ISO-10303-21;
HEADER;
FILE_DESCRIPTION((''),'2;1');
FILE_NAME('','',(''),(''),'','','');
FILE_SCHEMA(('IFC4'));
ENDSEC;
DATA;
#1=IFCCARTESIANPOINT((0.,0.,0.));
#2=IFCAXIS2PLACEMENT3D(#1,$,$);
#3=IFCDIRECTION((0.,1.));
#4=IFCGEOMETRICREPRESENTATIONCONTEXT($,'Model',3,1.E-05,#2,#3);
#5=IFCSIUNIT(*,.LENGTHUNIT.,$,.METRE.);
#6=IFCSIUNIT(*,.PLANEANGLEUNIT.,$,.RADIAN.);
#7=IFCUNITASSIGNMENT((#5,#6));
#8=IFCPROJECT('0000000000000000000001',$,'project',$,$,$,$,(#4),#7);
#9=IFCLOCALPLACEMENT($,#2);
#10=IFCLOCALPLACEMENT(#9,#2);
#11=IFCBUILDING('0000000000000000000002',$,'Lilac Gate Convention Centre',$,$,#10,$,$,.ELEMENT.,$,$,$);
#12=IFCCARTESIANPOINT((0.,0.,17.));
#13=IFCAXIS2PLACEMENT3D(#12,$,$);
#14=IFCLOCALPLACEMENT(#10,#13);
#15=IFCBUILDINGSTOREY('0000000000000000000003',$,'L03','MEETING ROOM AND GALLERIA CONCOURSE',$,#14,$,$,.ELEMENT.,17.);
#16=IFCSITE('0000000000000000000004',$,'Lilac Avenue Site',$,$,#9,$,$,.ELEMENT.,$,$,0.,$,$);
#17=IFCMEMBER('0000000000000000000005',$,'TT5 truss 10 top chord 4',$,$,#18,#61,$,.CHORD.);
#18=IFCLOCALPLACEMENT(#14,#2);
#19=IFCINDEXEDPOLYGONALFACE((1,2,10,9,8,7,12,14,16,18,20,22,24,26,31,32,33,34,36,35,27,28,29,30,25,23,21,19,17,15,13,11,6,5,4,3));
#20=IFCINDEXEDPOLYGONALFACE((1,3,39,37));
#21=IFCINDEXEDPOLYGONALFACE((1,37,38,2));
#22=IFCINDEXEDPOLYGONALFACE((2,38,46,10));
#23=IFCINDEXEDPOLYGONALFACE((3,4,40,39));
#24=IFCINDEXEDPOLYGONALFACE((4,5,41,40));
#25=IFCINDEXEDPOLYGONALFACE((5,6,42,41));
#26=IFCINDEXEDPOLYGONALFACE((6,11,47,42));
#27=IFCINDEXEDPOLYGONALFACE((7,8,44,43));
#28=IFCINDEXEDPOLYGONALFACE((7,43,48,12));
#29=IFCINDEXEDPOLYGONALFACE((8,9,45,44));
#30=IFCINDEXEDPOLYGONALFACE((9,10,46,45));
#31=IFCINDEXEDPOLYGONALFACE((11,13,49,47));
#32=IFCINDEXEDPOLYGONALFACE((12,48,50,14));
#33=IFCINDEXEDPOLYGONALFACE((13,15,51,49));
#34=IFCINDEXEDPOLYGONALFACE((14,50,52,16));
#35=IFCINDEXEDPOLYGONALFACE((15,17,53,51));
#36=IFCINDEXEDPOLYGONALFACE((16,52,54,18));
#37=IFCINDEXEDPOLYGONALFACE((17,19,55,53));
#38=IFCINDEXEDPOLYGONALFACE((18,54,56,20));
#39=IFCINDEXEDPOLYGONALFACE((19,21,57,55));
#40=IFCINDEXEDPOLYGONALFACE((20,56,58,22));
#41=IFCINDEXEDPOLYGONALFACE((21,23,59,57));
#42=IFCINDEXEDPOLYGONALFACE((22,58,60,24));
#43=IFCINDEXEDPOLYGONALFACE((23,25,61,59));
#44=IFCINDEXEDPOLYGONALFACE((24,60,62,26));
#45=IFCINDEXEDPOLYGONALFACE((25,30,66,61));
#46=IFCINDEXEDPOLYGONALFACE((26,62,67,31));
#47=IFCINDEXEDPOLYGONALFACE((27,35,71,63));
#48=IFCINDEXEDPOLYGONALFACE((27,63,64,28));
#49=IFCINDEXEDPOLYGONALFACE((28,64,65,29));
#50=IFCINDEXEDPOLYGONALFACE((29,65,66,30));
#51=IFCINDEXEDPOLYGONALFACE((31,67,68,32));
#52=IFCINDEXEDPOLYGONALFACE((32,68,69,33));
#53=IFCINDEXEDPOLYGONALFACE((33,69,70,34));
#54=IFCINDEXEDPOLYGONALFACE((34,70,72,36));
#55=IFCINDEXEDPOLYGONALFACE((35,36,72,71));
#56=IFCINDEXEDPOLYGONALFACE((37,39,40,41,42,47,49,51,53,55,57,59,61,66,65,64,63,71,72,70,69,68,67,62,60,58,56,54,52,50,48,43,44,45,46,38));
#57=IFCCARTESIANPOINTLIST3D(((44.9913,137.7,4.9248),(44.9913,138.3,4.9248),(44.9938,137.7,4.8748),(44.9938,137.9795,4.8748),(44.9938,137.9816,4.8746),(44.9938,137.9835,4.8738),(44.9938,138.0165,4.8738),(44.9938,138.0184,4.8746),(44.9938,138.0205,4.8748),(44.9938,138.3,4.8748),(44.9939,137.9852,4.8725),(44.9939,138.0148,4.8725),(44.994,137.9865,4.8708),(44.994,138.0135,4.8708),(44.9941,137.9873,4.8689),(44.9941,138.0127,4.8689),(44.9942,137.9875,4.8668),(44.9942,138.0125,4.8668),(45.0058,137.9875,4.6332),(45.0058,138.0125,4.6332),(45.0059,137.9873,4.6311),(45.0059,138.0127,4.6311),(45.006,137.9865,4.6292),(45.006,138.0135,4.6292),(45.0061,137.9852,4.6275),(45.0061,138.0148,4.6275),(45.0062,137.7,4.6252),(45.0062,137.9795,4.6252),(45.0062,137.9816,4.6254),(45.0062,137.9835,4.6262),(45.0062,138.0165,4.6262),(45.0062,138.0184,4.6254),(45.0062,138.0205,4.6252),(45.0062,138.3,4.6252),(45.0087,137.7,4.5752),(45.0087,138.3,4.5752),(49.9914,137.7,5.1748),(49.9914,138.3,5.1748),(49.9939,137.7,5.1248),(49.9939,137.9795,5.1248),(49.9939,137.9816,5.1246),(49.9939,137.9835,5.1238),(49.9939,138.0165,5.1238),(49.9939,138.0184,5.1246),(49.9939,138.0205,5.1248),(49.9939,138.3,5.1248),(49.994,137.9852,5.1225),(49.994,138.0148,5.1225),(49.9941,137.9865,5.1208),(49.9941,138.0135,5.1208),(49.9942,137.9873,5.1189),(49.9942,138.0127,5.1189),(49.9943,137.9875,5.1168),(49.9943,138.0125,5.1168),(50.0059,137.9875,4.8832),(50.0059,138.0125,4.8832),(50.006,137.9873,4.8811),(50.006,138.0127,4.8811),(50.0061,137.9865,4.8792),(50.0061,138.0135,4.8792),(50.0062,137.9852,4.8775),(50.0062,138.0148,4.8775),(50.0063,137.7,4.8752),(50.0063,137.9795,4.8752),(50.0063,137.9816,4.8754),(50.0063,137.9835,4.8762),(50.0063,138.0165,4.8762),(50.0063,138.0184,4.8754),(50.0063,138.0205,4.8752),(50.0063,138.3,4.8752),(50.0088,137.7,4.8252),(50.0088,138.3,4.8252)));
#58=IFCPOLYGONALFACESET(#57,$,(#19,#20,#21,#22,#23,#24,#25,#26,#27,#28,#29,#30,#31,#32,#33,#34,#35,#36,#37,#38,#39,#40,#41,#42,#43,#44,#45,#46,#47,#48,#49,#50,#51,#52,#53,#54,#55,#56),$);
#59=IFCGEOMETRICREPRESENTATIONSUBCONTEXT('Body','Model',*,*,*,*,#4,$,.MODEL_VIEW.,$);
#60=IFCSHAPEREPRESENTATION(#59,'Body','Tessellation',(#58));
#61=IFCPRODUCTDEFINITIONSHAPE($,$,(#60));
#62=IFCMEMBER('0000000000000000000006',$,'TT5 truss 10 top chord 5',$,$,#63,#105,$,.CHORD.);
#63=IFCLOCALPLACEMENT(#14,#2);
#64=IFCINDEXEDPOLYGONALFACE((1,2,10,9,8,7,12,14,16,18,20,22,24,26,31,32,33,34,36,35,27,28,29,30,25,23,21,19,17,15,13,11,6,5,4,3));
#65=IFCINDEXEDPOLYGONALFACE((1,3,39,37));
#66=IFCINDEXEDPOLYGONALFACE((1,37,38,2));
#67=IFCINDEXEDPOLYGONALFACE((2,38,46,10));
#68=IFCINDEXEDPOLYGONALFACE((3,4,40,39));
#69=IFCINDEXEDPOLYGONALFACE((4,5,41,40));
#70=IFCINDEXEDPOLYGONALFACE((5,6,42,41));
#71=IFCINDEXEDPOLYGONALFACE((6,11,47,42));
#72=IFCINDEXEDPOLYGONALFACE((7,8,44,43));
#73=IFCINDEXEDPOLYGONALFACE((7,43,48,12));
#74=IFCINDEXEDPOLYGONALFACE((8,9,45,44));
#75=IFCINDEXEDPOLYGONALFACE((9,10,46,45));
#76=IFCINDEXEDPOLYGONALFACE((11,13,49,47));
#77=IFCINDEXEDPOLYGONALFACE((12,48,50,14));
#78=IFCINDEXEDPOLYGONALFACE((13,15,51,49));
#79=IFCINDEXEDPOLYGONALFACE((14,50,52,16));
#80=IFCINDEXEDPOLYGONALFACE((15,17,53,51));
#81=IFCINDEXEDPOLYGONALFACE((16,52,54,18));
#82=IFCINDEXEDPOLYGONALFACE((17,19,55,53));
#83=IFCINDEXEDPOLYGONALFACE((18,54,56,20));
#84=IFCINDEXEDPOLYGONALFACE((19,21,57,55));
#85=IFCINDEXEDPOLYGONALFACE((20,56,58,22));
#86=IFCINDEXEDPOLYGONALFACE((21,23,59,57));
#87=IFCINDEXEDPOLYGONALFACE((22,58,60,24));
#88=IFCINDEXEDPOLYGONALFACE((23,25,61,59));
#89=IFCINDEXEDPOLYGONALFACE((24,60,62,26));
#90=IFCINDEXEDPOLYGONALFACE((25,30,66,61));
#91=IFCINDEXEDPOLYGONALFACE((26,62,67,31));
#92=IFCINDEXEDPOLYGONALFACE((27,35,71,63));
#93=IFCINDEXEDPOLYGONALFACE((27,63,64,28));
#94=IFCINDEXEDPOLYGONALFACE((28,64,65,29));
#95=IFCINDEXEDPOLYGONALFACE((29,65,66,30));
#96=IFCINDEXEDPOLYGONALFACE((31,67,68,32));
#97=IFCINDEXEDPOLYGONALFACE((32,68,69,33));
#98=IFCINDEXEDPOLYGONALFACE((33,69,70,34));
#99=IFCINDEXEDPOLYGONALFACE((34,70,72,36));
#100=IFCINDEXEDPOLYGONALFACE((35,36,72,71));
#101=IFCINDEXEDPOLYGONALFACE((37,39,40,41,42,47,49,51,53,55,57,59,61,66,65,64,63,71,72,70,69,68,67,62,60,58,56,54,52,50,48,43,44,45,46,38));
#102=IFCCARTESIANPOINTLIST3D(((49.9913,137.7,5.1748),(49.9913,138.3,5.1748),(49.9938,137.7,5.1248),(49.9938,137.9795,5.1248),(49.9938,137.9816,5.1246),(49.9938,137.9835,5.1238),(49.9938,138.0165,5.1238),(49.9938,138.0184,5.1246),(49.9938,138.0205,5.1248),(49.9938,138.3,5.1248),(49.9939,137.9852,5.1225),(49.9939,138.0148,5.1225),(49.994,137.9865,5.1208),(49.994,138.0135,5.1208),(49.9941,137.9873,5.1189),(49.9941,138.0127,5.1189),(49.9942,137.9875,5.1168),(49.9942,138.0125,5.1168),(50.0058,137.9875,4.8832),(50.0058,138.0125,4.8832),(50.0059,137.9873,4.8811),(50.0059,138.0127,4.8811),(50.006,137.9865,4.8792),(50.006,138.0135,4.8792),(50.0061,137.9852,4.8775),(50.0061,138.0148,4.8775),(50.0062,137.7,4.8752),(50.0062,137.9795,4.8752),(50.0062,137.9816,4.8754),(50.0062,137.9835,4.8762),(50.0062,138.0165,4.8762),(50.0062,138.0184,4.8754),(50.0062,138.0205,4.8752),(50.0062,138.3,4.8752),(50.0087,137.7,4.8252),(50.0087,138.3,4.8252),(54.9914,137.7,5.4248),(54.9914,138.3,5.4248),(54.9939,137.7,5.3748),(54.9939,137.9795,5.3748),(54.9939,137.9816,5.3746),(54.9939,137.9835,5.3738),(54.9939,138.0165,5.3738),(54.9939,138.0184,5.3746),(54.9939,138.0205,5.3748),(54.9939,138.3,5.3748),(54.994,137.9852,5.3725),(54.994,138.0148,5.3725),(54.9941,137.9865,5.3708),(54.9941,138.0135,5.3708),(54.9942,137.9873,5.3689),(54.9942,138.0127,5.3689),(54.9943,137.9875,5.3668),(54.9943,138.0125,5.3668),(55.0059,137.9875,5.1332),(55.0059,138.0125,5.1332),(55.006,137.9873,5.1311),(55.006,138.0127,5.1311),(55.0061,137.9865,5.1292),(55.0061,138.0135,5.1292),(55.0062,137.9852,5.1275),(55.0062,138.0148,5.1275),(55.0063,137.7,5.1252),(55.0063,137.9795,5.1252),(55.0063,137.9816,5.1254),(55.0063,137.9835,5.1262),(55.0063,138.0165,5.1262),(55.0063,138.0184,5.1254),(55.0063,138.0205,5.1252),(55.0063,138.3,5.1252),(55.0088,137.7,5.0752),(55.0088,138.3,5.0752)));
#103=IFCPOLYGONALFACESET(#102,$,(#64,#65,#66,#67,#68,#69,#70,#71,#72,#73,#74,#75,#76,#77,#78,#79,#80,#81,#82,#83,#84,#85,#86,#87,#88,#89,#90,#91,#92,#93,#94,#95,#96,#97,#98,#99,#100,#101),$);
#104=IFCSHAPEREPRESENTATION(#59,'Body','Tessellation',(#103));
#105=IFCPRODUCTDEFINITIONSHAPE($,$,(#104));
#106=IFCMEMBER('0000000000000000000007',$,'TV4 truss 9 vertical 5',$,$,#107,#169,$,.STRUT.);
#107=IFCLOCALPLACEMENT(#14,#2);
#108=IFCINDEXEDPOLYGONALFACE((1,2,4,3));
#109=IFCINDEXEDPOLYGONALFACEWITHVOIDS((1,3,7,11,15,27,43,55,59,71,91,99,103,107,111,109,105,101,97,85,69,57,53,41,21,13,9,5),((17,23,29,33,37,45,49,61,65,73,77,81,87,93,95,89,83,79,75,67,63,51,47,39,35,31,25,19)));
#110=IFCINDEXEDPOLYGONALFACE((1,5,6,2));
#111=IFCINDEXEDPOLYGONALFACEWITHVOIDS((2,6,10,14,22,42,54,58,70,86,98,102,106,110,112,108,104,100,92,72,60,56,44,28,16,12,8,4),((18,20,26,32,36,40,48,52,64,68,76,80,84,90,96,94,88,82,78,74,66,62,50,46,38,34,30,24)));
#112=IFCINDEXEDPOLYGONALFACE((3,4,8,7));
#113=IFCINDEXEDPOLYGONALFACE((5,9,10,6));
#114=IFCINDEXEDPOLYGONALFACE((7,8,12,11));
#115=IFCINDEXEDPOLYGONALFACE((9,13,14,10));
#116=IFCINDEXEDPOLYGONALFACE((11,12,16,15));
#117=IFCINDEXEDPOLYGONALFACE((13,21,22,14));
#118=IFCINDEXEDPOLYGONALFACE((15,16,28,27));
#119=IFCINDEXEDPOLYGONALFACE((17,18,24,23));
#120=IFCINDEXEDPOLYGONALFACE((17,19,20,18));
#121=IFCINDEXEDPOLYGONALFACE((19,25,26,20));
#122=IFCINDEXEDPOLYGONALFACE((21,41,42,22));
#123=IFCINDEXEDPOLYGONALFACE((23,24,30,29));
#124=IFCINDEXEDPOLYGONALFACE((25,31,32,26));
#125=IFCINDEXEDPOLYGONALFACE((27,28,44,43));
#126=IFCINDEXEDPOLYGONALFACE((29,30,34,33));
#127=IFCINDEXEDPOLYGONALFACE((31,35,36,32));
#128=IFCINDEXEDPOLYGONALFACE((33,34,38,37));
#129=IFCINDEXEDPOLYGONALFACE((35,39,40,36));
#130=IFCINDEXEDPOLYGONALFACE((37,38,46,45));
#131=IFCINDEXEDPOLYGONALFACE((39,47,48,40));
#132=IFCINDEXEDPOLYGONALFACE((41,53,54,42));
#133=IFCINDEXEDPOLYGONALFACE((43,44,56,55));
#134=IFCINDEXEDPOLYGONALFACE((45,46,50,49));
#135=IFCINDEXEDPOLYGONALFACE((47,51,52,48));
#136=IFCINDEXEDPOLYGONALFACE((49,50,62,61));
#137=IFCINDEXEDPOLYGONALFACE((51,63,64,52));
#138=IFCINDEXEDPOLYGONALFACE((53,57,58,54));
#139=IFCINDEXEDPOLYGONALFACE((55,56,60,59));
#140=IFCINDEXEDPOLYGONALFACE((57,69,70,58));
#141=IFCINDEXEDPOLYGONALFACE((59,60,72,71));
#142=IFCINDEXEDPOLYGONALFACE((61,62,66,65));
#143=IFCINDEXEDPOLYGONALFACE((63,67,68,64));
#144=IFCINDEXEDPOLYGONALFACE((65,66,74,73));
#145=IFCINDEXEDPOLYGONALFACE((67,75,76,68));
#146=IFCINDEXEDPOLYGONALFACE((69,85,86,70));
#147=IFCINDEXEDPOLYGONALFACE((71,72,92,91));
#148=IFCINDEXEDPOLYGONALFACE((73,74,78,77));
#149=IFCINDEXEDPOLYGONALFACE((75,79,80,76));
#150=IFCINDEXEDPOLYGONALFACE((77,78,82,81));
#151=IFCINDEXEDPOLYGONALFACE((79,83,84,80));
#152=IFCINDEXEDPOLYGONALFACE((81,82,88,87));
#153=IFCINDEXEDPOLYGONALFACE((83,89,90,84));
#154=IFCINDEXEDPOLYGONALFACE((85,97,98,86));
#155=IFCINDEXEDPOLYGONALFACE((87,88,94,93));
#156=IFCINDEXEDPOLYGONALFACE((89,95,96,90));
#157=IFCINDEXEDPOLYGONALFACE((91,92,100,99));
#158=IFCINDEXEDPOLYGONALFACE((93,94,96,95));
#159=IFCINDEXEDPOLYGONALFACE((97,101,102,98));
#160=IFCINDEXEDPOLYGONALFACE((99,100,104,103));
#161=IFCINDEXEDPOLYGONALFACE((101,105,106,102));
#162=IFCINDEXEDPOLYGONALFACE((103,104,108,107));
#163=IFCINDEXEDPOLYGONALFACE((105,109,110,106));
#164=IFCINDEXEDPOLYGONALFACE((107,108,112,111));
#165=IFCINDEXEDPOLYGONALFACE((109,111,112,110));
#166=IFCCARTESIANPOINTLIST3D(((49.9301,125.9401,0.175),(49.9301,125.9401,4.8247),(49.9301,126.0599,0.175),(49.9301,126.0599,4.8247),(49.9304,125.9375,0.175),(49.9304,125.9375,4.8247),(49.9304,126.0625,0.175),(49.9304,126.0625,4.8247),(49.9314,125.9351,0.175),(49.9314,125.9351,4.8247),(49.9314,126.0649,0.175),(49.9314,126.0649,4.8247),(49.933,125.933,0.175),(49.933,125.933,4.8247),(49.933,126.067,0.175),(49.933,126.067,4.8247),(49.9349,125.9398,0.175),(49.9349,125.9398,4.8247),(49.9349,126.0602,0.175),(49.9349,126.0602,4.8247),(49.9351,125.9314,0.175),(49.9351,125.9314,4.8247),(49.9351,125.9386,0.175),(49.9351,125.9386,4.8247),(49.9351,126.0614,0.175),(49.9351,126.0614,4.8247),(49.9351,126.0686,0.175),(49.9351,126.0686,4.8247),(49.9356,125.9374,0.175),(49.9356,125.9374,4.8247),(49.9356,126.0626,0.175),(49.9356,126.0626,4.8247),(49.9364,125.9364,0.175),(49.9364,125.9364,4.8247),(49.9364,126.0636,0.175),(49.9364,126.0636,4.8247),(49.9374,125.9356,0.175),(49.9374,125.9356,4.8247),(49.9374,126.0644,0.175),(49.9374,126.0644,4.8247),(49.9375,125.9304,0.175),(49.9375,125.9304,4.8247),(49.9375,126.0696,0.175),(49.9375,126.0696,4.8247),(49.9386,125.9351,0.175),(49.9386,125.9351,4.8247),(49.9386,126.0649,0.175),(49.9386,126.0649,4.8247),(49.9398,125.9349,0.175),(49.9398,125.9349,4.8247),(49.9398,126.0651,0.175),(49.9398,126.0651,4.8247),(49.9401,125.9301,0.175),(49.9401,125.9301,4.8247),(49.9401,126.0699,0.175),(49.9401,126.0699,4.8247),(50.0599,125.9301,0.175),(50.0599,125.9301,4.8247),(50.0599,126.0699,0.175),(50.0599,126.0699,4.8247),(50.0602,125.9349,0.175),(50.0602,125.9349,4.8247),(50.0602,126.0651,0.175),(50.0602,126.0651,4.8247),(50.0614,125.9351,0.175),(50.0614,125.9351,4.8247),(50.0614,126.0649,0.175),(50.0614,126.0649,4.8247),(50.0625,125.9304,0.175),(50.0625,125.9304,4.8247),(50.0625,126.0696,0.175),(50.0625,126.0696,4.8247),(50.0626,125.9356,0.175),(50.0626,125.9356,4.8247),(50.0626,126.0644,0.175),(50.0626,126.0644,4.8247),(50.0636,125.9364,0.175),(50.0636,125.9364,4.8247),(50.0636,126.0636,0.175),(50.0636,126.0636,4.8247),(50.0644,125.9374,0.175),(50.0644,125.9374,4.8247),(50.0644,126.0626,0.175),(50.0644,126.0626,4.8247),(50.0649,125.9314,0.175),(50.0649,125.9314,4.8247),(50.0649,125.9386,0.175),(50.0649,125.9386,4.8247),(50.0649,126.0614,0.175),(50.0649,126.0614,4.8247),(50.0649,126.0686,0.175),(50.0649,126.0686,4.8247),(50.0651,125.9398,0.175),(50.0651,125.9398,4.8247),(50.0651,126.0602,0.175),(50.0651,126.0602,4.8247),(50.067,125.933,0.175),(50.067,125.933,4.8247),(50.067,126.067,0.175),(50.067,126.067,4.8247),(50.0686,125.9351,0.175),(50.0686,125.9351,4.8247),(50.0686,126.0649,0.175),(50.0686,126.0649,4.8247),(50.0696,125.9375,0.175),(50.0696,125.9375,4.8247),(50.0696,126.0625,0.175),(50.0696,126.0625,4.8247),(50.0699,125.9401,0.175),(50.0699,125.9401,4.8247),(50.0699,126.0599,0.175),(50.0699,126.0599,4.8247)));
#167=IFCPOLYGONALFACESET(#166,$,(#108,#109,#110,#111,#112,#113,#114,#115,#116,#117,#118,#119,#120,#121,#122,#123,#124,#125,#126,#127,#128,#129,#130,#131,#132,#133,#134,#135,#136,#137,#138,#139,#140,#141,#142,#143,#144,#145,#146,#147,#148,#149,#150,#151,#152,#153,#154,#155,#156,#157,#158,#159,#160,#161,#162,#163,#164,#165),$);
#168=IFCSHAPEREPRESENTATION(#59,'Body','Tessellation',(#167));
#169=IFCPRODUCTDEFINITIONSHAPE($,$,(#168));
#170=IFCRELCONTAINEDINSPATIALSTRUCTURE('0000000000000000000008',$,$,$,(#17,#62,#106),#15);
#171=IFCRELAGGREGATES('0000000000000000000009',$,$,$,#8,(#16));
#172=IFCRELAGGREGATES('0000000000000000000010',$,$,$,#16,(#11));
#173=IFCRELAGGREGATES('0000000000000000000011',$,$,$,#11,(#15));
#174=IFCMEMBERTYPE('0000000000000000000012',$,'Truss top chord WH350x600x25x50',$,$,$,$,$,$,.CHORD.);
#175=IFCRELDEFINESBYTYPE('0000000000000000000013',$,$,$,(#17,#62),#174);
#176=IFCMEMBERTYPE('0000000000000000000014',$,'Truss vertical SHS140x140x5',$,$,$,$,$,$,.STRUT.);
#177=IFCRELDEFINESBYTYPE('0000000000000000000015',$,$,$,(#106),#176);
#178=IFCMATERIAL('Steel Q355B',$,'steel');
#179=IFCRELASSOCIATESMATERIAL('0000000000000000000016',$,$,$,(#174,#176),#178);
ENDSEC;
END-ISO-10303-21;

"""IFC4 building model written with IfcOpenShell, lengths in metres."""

from ifc_helpers import new_model, si_unit, direction, frame, origin, origin_2d, place, context, subcontext, project, spatial, hollow_rectangle, i_section, extrude, material, material_profile, profile_set, type_object, element, save


model = new_model("IFC4")

# Units and contexts
model_context = context("Model", 3, precision=1e-05, world=origin(), true_north=direction((0.0, 1.0)))
body_context = subcontext(model_context, "Body", "Model", "MODEL_VIEW")
ifc_project = project(units=[si_unit("LENGTHUNIT", "METRE"), si_unit("PLANEANGLEUNIT", "RADIAN")], contexts=[model_context])

# Site, building, storey
site_placement = place(None, origin())
site = spatial("IfcSite", under=ifc_project, at=site_placement, Name="Lilac Avenue Site", CompositionType="ELEMENT", RefElevation=0.0)
building_placement = place(site_placement, origin())
building = spatial("IfcBuilding", under=site, at=building_placement, Name="Lilac Gate Convention Centre", CompositionType="ELEMENT")
storey_placement = place(building_placement, frame((0.0, 0.0, 17.0)))
storey = spatial("IfcBuildingStorey", under=building, at=storey_placement, Name="L03", Description="MEETING ROOM AND GALLERIA CONCOURSE", CompositionType="ELEMENT", Elevation=17.0)

# Members
ifc_material = material(Name="Steel Q355B", Category="steel")
ifc_material_profile_1 = material_profile(ifc_material, i_section(OverallWidth=0.6001, OverallDepth=0.3501, WebThickness=0.0249, FlangeThickness=0.05, FilletRadius=0.0081, at=origin_2d()), Name="WH350x600x25x50")
ifc_profile_set_1 = profile_set([ifc_material_profile_1], Name="Steel Q355B")
member_type_1 = type_object("IfcMemberType", Name="Truss top chord WH350x600x25x50", PredefinedType="CHORD", material=ifc_profile_set_1)
for number, where, z_axis, x_axis, name in (
    (1, (45.0, 138.0, 4.75), (0.998752, 0.0, 0.049938), (0.0, 1.0, 0.0), "TT5 truss 10 top chord 4"),
    (2, (50.0, 138.0, 5.0), (0.998752, 0.0, 0.049938), (0.0, 1.0, 0.0), "TT5 truss 10 top chord 5"),
):
    element("IfcMember", number, at=place(storey_placement, frame(where, z_axis=z_axis, x_axis=x_axis)), inside=storey, type_object=member_type_1, Name=name, PredefinedType="CHORD", context=body_context, shape_type="SweptSolid", body=[
        extrude(i_section(OverallWidth=0.6001, OverallDepth=0.3501, WebThickness=0.0249, FlangeThickness=0.05, FilletRadius=0.0081, at=origin_2d()), origin(), (0.0, 0.0, 1.0), 5.0063),
    ])
ifc_material_profile_2 = material_profile(ifc_material, hollow_rectangle(XDim=0.1399, YDim=0.1399, WallThickness=0.0049, InnerFilletRadius=0.0049, OuterFilletRadius=0.01, at=origin_2d()), Name="SHS140x140x5")
ifc_profile_set_2 = profile_set([ifc_material_profile_2], Name="Steel Q355B")
member_type_2 = type_object("IfcMemberType", Name="Truss vertical SHS140x140x5", PredefinedType="STRUT", material=ifc_profile_set_2)
member_1_placement = place(storey_placement, frame((50.0, 126.0, 0.175), z_axis=(0.0, 0.0, 1.0), x_axis=(1.0, 0.0, 0.0)))
element("IfcMember", 3, at=member_1_placement, inside=storey, type_object=member_type_2, Name="TV4 truss 9 vertical 5", PredefinedType="STRUT", context=body_context, shape_type="SweptSolid", body=[
    extrude(hollow_rectangle(XDim=0.1399, YDim=0.1399, WallThickness=0.0049, InnerFilletRadius=0.0049, OuterFilletRadius=0.01, at=origin_2d()), origin(), (0.0, 0.0, 1.0), 4.6497),
])

save(model, "model.ifc")
